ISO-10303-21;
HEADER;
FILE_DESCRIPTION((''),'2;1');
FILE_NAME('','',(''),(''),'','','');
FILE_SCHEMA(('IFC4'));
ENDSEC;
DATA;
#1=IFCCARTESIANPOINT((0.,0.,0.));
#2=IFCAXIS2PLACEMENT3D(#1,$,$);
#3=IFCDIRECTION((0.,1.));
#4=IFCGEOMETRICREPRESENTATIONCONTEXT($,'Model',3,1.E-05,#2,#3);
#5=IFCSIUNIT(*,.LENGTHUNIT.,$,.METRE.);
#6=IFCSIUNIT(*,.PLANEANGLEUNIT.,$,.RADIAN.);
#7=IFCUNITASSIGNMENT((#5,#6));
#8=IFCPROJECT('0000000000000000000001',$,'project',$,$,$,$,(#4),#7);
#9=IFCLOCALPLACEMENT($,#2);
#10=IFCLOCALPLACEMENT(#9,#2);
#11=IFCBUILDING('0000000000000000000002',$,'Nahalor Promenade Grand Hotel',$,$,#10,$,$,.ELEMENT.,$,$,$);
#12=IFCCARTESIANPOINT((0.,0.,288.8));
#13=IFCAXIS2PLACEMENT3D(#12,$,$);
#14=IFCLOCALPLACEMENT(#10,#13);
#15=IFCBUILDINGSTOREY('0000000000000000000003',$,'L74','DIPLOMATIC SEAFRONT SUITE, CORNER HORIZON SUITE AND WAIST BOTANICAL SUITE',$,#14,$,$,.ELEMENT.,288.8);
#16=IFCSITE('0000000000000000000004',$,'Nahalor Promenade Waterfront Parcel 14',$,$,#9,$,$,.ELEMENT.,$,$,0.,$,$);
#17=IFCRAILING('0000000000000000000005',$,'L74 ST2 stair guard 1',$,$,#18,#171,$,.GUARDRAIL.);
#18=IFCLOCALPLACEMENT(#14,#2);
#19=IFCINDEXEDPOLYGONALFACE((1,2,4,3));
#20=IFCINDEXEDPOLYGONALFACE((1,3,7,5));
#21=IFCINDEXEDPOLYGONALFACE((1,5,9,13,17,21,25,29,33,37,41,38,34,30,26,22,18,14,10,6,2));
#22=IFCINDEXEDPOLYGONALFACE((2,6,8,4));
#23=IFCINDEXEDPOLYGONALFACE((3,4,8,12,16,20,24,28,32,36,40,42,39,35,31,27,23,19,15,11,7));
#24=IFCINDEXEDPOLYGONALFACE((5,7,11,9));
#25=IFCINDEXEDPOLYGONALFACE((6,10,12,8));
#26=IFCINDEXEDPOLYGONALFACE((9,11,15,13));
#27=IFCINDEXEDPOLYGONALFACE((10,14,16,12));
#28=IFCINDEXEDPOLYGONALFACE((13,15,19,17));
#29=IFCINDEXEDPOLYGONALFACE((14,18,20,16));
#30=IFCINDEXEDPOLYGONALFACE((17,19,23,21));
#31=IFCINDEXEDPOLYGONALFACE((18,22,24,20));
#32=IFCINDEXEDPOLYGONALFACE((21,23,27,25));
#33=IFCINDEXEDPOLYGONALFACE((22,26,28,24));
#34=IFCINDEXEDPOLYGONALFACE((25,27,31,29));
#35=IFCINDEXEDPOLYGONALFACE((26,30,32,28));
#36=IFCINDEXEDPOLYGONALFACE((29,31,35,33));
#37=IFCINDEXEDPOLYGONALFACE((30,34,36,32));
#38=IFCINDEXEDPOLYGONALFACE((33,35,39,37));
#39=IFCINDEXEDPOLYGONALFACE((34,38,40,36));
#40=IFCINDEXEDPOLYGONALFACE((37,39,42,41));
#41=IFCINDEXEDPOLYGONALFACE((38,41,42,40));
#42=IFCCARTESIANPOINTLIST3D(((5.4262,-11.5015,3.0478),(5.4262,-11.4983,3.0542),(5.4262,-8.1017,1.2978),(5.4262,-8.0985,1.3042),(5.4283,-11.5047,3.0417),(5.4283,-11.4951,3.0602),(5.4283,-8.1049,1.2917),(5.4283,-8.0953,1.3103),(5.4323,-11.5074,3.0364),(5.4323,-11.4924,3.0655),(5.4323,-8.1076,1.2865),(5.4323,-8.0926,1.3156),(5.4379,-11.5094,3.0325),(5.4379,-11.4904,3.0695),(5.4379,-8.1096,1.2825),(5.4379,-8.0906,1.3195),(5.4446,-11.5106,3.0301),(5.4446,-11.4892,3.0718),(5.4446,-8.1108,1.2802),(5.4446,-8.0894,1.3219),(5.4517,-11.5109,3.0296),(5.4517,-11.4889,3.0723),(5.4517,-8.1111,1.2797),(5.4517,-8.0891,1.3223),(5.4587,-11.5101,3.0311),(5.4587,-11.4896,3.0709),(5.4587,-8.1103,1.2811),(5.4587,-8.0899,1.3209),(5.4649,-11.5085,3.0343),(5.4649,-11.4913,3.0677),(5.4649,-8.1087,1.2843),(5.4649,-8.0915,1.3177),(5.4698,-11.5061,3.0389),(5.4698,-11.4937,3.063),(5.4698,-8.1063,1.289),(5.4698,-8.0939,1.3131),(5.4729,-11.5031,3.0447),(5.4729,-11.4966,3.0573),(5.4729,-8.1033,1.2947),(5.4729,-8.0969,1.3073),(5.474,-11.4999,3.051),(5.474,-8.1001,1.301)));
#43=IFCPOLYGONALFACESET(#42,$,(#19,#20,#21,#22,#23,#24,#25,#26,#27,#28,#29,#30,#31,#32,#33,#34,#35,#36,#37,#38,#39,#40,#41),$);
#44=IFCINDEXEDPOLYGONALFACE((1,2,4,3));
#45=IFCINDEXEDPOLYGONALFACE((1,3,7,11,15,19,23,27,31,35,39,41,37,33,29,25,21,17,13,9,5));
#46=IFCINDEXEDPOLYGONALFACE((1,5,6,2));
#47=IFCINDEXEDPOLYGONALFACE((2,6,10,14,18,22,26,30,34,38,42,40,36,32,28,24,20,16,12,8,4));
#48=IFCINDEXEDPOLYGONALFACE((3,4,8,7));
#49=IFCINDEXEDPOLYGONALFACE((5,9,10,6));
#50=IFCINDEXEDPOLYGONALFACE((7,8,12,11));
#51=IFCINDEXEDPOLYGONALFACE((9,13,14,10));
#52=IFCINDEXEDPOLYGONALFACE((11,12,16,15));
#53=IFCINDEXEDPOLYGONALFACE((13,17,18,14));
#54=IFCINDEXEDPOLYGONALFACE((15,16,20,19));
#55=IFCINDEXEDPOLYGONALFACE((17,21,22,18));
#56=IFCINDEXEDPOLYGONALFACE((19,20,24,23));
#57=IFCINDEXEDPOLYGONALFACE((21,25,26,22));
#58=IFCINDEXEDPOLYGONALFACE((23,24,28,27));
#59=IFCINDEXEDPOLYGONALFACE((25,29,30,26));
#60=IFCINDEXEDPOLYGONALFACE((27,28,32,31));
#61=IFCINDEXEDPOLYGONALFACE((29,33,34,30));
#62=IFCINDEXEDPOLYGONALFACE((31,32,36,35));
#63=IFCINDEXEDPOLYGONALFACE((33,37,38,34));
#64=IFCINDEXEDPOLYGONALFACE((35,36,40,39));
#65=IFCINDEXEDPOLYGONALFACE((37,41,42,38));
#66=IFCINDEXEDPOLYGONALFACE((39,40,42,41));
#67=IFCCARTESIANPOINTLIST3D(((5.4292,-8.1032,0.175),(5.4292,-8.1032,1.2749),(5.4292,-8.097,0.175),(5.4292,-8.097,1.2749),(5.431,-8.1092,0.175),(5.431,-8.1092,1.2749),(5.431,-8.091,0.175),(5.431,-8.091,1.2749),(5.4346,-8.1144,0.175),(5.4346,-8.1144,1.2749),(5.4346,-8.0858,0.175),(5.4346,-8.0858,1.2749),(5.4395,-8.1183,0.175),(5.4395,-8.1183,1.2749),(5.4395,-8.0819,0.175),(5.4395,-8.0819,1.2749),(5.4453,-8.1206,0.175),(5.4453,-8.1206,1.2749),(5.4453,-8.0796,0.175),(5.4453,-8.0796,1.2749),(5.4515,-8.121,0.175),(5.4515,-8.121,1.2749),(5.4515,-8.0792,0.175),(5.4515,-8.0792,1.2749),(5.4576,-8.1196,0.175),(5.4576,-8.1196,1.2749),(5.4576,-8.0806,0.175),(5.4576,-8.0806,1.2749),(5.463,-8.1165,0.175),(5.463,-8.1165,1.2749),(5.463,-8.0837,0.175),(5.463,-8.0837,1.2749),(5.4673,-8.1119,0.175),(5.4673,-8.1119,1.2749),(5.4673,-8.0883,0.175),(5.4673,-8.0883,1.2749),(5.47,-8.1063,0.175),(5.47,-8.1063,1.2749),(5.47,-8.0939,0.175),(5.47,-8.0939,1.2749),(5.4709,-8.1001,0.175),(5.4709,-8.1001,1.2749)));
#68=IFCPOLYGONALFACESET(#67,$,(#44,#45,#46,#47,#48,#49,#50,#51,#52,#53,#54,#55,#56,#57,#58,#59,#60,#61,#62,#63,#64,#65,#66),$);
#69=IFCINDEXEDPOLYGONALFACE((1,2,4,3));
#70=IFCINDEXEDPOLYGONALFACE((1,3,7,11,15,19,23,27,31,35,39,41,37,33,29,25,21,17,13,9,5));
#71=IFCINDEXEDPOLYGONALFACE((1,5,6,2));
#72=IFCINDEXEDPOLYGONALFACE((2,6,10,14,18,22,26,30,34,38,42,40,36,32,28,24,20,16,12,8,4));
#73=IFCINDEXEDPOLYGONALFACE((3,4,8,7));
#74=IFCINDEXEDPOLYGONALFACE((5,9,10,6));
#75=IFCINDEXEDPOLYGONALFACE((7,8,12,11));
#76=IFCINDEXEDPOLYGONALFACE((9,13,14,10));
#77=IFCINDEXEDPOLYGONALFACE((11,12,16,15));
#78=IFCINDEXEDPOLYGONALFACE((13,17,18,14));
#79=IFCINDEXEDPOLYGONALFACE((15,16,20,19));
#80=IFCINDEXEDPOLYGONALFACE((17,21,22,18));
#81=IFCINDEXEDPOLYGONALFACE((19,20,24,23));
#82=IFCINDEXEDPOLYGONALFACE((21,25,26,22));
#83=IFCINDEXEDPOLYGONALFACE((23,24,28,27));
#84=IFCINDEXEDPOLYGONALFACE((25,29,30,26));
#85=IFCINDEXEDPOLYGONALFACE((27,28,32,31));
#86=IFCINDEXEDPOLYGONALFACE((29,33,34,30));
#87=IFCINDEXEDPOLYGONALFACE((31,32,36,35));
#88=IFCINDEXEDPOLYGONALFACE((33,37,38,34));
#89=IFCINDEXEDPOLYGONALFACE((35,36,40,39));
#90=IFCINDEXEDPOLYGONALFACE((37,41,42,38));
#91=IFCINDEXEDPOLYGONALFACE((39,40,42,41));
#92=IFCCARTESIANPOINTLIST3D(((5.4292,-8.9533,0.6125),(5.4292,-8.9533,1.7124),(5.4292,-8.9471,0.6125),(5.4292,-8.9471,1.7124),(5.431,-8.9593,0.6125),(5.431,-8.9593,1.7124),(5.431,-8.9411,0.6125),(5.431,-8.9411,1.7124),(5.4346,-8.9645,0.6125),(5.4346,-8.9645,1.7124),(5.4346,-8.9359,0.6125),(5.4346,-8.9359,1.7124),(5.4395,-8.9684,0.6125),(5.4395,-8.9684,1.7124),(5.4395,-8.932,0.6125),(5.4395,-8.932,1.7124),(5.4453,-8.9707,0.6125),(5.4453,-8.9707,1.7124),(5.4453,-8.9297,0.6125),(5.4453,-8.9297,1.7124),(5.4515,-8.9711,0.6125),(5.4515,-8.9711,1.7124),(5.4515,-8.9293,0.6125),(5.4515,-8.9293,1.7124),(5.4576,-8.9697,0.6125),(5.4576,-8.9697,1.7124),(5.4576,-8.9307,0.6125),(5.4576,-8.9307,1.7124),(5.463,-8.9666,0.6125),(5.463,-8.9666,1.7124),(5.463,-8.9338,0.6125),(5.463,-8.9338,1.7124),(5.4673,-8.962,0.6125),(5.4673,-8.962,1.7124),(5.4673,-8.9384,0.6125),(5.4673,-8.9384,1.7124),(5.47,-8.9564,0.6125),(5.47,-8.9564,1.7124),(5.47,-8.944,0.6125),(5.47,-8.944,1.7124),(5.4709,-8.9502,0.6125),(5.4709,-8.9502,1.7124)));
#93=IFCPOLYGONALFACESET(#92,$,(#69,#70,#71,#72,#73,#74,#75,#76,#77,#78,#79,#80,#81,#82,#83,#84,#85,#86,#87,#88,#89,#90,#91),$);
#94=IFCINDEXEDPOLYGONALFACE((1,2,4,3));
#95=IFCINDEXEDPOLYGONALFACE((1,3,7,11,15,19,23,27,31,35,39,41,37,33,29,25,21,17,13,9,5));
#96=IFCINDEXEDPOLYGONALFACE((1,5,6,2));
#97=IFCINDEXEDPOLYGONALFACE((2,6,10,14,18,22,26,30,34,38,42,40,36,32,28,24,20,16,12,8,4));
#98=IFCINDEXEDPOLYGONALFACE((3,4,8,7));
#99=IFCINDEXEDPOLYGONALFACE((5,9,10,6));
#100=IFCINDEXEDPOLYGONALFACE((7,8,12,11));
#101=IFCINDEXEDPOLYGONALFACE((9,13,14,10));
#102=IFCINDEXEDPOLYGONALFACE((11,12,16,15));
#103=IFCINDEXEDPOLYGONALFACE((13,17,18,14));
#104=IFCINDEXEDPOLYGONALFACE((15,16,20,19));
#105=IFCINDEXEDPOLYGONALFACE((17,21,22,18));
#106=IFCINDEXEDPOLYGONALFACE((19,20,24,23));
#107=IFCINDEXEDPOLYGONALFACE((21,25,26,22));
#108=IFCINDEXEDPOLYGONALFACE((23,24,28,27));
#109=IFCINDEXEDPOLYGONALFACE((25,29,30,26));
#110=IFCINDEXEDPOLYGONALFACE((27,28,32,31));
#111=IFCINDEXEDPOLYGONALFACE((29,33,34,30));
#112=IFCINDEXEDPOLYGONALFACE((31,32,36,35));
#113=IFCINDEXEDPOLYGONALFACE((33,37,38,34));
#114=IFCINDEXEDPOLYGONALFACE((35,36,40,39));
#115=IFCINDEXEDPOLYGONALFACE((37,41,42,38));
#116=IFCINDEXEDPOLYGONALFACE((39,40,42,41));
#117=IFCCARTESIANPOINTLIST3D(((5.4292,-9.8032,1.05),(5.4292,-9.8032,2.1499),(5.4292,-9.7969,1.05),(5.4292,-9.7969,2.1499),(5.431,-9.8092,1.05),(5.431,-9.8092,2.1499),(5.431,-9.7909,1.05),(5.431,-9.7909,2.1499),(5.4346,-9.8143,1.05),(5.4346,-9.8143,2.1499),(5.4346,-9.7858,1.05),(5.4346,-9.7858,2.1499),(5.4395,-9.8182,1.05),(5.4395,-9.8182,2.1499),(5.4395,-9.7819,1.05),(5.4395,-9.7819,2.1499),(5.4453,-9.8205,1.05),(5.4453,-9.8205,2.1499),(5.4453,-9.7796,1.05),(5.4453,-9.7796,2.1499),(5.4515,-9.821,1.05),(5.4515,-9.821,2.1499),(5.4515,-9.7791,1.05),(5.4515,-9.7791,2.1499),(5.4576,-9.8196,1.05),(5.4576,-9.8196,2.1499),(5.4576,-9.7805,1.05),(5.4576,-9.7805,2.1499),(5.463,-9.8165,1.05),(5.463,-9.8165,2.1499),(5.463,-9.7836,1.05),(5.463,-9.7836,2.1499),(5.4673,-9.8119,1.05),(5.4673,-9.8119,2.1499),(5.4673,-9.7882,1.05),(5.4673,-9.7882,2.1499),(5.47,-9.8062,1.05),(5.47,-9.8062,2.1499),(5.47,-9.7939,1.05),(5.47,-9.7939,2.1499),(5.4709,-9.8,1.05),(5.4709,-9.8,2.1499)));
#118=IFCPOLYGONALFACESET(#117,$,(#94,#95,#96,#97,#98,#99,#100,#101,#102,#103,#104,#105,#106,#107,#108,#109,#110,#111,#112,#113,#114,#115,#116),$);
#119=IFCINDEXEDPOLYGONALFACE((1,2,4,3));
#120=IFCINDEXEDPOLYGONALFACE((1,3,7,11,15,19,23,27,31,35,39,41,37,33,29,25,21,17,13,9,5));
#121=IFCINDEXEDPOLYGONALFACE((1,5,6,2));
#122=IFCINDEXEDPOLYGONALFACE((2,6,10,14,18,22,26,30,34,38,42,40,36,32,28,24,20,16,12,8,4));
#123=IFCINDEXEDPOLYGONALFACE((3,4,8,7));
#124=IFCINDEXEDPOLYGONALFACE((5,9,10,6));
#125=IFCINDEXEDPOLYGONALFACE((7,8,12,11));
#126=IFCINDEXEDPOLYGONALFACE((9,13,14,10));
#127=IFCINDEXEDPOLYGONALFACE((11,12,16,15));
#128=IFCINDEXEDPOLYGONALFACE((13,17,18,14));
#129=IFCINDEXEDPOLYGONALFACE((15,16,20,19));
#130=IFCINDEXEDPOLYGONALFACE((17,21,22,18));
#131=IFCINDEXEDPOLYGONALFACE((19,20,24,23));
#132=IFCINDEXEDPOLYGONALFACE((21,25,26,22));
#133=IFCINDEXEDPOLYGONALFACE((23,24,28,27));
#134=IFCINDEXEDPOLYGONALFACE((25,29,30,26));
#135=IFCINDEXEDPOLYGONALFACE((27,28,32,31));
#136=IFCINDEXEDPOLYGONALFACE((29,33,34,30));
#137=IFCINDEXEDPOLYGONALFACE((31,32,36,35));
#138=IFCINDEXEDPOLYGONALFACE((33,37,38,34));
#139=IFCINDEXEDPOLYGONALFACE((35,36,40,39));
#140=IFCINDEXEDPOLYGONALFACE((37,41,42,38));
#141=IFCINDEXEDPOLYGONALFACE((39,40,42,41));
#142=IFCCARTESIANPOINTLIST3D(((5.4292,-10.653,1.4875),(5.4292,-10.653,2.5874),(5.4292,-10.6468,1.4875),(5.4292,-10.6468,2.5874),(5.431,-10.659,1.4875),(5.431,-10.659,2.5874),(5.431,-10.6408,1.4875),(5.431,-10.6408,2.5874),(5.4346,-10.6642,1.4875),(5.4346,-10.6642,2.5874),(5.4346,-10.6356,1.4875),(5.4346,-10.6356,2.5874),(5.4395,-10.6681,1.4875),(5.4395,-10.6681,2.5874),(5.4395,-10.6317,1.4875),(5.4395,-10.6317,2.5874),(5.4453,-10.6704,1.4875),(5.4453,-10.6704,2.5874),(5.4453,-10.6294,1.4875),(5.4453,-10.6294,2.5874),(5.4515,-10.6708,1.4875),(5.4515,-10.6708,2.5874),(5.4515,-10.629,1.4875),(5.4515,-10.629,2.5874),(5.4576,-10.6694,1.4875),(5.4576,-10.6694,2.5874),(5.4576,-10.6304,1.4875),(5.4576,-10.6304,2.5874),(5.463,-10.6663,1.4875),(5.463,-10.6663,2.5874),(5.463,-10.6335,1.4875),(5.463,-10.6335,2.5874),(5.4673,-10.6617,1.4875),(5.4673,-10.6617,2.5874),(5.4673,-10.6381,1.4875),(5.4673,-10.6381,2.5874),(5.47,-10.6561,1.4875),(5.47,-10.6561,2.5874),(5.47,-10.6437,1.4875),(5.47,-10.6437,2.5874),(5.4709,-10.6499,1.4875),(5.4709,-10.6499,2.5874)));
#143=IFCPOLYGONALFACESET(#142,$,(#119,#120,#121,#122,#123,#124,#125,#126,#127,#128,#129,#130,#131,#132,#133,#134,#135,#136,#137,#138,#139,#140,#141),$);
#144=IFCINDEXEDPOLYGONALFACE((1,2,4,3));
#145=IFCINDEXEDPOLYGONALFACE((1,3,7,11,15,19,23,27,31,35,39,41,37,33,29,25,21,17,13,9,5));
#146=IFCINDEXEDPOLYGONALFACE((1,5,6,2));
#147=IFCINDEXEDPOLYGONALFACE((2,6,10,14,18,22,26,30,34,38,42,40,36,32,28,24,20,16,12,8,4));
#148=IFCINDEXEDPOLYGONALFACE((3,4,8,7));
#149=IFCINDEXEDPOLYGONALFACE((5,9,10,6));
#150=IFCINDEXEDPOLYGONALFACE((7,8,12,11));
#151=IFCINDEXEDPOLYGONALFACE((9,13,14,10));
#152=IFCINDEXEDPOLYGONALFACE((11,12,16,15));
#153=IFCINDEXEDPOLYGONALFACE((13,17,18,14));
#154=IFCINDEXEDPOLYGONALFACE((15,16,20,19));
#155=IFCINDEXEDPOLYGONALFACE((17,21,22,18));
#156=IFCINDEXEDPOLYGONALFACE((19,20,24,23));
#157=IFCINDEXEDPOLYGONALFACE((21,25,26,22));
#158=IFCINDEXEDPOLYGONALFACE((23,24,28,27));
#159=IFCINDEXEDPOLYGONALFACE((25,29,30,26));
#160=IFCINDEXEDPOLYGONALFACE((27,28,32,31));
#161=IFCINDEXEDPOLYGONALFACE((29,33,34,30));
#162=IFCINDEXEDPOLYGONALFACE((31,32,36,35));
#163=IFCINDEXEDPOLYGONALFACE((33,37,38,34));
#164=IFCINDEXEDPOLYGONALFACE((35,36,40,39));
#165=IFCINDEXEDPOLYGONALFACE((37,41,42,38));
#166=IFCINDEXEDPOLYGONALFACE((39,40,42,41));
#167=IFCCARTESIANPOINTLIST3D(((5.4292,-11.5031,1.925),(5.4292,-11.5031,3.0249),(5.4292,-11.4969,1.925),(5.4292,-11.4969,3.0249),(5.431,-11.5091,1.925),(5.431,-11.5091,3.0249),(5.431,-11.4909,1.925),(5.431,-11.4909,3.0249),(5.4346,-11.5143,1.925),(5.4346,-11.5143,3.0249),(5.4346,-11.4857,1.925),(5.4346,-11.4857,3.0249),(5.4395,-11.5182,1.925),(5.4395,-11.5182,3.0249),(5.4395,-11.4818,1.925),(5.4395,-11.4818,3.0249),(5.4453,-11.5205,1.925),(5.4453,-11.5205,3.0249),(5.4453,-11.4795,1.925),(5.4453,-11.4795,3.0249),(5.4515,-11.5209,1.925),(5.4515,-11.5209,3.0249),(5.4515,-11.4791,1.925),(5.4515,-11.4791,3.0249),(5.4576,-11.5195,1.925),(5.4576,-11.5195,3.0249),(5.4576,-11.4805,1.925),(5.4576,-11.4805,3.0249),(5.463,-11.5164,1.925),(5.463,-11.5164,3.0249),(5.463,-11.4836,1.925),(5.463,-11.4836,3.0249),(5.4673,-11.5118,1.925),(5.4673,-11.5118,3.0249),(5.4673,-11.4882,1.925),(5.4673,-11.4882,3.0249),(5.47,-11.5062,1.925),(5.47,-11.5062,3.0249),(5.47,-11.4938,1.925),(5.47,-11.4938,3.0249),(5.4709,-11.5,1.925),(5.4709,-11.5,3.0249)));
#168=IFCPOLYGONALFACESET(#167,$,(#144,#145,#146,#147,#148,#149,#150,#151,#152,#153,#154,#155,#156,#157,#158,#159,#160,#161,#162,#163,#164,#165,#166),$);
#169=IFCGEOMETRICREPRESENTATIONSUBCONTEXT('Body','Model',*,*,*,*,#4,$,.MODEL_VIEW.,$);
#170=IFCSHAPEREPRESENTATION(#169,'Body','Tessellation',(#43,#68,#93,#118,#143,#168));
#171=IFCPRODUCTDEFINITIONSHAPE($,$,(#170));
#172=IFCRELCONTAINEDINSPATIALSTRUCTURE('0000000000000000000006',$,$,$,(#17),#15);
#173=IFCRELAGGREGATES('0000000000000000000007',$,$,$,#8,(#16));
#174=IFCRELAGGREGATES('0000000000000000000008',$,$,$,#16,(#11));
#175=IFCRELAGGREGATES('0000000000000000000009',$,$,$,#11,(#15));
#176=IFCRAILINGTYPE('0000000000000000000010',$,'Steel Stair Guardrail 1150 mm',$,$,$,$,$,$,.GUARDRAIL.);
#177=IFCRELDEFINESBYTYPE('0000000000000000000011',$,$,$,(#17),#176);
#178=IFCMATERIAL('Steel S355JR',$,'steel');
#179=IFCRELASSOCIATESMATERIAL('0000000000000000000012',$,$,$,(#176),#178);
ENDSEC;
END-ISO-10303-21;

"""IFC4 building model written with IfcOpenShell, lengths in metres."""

from ifc_helpers import new_model, si_unit, direction, frame, origin, origin_2d, place, context, subcontext, project, spatial, circle, extrude, material, type_object, element, save


model = new_model("IFC4")

# Units and contexts
model_context = context("Model", 3, precision=1e-05, world=origin(), true_north=direction((0.0, 1.0)))
body_context = subcontext(model_context, "Body", "Model", "MODEL_VIEW")
ifc_project = project(units=[si_unit("LENGTHUNIT", "METRE"), si_unit("PLANEANGLEUNIT", "RADIAN")], contexts=[model_context])

# Site, building, storey
site_placement = place(None, origin())
site = spatial("IfcSite", under=ifc_project, at=site_placement, Name="Nahalor Promenade Waterfront Parcel 14", CompositionType="ELEMENT", RefElevation=0.0)
building_placement = place(site_placement, origin())
building = spatial("IfcBuilding", under=site, at=building_placement, Name="Nahalor Promenade Grand Hotel", CompositionType="ELEMENT")
storey_placement = place(building_placement, frame((0.0, 0.0, 288.8)))
storey = spatial("IfcBuildingStorey", under=building, at=storey_placement, Name="L74", Description="DIPLOMATIC SEAFRONT SUITE, CORNER HORIZON SUITE AND WAIST BOTANICAL SUITE", CompositionType="ELEMENT", Elevation=288.8)

# Shared definitions
ifc_material_1 = material(Name="Steel S355JR", Category="steel")

# Railing
railing_type_1 = type_object("IfcRailingType", Name="Steel Stair Guardrail 1150 mm", PredefinedType="GUARDRAIL", material=ifc_material_1)
railing_1_placement = place(storey_placement, frame((5.45, -8.1001, 0.175)))
element("IfcRailing", 1, at=railing_1_placement, inside=storey, type_object=railing_type_1, Name="L74 ST2 stair guard 1", PredefinedType="GUARDRAIL", context=body_context, shape_type="SweptSolid", body=[
    extrude(circle(Radius=0.024, at=origin_2d()), frame((0.0, 0.0, 1.126), z_axis=(0.0, -0.88913, 0.457654), x_axis=(1.0, 0.0, 0.0)), (0.0, 0.0, 1.0), 3.8237),
    extrude(circle(Radius=0.021, at=origin_2d()), origin(), (0.0, 0.0, 1.0), 1.0999),
    extrude(circle(Radius=0.021, at=origin_2d()), frame((0.0, -0.8501, 0.4375)), (0.0, 0.0, 1.0), 1.0999),
    extrude(circle(Radius=0.021, at=origin_2d()), frame((0.0, -1.7, 0.875)), (0.0, 0.0, 1.0), 1.0999),
    extrude(circle(Radius=0.021, at=origin_2d()), frame((0.0, -2.5498, 1.3125)), (0.0, 0.0, 1.0), 1.0999),
    extrude(circle(Radius=0.021, at=origin_2d()), frame((0.0, -3.3999, 1.75)), (0.0, 0.0, 1.0), 1.0999),
])

save(model, "model.ifc")
